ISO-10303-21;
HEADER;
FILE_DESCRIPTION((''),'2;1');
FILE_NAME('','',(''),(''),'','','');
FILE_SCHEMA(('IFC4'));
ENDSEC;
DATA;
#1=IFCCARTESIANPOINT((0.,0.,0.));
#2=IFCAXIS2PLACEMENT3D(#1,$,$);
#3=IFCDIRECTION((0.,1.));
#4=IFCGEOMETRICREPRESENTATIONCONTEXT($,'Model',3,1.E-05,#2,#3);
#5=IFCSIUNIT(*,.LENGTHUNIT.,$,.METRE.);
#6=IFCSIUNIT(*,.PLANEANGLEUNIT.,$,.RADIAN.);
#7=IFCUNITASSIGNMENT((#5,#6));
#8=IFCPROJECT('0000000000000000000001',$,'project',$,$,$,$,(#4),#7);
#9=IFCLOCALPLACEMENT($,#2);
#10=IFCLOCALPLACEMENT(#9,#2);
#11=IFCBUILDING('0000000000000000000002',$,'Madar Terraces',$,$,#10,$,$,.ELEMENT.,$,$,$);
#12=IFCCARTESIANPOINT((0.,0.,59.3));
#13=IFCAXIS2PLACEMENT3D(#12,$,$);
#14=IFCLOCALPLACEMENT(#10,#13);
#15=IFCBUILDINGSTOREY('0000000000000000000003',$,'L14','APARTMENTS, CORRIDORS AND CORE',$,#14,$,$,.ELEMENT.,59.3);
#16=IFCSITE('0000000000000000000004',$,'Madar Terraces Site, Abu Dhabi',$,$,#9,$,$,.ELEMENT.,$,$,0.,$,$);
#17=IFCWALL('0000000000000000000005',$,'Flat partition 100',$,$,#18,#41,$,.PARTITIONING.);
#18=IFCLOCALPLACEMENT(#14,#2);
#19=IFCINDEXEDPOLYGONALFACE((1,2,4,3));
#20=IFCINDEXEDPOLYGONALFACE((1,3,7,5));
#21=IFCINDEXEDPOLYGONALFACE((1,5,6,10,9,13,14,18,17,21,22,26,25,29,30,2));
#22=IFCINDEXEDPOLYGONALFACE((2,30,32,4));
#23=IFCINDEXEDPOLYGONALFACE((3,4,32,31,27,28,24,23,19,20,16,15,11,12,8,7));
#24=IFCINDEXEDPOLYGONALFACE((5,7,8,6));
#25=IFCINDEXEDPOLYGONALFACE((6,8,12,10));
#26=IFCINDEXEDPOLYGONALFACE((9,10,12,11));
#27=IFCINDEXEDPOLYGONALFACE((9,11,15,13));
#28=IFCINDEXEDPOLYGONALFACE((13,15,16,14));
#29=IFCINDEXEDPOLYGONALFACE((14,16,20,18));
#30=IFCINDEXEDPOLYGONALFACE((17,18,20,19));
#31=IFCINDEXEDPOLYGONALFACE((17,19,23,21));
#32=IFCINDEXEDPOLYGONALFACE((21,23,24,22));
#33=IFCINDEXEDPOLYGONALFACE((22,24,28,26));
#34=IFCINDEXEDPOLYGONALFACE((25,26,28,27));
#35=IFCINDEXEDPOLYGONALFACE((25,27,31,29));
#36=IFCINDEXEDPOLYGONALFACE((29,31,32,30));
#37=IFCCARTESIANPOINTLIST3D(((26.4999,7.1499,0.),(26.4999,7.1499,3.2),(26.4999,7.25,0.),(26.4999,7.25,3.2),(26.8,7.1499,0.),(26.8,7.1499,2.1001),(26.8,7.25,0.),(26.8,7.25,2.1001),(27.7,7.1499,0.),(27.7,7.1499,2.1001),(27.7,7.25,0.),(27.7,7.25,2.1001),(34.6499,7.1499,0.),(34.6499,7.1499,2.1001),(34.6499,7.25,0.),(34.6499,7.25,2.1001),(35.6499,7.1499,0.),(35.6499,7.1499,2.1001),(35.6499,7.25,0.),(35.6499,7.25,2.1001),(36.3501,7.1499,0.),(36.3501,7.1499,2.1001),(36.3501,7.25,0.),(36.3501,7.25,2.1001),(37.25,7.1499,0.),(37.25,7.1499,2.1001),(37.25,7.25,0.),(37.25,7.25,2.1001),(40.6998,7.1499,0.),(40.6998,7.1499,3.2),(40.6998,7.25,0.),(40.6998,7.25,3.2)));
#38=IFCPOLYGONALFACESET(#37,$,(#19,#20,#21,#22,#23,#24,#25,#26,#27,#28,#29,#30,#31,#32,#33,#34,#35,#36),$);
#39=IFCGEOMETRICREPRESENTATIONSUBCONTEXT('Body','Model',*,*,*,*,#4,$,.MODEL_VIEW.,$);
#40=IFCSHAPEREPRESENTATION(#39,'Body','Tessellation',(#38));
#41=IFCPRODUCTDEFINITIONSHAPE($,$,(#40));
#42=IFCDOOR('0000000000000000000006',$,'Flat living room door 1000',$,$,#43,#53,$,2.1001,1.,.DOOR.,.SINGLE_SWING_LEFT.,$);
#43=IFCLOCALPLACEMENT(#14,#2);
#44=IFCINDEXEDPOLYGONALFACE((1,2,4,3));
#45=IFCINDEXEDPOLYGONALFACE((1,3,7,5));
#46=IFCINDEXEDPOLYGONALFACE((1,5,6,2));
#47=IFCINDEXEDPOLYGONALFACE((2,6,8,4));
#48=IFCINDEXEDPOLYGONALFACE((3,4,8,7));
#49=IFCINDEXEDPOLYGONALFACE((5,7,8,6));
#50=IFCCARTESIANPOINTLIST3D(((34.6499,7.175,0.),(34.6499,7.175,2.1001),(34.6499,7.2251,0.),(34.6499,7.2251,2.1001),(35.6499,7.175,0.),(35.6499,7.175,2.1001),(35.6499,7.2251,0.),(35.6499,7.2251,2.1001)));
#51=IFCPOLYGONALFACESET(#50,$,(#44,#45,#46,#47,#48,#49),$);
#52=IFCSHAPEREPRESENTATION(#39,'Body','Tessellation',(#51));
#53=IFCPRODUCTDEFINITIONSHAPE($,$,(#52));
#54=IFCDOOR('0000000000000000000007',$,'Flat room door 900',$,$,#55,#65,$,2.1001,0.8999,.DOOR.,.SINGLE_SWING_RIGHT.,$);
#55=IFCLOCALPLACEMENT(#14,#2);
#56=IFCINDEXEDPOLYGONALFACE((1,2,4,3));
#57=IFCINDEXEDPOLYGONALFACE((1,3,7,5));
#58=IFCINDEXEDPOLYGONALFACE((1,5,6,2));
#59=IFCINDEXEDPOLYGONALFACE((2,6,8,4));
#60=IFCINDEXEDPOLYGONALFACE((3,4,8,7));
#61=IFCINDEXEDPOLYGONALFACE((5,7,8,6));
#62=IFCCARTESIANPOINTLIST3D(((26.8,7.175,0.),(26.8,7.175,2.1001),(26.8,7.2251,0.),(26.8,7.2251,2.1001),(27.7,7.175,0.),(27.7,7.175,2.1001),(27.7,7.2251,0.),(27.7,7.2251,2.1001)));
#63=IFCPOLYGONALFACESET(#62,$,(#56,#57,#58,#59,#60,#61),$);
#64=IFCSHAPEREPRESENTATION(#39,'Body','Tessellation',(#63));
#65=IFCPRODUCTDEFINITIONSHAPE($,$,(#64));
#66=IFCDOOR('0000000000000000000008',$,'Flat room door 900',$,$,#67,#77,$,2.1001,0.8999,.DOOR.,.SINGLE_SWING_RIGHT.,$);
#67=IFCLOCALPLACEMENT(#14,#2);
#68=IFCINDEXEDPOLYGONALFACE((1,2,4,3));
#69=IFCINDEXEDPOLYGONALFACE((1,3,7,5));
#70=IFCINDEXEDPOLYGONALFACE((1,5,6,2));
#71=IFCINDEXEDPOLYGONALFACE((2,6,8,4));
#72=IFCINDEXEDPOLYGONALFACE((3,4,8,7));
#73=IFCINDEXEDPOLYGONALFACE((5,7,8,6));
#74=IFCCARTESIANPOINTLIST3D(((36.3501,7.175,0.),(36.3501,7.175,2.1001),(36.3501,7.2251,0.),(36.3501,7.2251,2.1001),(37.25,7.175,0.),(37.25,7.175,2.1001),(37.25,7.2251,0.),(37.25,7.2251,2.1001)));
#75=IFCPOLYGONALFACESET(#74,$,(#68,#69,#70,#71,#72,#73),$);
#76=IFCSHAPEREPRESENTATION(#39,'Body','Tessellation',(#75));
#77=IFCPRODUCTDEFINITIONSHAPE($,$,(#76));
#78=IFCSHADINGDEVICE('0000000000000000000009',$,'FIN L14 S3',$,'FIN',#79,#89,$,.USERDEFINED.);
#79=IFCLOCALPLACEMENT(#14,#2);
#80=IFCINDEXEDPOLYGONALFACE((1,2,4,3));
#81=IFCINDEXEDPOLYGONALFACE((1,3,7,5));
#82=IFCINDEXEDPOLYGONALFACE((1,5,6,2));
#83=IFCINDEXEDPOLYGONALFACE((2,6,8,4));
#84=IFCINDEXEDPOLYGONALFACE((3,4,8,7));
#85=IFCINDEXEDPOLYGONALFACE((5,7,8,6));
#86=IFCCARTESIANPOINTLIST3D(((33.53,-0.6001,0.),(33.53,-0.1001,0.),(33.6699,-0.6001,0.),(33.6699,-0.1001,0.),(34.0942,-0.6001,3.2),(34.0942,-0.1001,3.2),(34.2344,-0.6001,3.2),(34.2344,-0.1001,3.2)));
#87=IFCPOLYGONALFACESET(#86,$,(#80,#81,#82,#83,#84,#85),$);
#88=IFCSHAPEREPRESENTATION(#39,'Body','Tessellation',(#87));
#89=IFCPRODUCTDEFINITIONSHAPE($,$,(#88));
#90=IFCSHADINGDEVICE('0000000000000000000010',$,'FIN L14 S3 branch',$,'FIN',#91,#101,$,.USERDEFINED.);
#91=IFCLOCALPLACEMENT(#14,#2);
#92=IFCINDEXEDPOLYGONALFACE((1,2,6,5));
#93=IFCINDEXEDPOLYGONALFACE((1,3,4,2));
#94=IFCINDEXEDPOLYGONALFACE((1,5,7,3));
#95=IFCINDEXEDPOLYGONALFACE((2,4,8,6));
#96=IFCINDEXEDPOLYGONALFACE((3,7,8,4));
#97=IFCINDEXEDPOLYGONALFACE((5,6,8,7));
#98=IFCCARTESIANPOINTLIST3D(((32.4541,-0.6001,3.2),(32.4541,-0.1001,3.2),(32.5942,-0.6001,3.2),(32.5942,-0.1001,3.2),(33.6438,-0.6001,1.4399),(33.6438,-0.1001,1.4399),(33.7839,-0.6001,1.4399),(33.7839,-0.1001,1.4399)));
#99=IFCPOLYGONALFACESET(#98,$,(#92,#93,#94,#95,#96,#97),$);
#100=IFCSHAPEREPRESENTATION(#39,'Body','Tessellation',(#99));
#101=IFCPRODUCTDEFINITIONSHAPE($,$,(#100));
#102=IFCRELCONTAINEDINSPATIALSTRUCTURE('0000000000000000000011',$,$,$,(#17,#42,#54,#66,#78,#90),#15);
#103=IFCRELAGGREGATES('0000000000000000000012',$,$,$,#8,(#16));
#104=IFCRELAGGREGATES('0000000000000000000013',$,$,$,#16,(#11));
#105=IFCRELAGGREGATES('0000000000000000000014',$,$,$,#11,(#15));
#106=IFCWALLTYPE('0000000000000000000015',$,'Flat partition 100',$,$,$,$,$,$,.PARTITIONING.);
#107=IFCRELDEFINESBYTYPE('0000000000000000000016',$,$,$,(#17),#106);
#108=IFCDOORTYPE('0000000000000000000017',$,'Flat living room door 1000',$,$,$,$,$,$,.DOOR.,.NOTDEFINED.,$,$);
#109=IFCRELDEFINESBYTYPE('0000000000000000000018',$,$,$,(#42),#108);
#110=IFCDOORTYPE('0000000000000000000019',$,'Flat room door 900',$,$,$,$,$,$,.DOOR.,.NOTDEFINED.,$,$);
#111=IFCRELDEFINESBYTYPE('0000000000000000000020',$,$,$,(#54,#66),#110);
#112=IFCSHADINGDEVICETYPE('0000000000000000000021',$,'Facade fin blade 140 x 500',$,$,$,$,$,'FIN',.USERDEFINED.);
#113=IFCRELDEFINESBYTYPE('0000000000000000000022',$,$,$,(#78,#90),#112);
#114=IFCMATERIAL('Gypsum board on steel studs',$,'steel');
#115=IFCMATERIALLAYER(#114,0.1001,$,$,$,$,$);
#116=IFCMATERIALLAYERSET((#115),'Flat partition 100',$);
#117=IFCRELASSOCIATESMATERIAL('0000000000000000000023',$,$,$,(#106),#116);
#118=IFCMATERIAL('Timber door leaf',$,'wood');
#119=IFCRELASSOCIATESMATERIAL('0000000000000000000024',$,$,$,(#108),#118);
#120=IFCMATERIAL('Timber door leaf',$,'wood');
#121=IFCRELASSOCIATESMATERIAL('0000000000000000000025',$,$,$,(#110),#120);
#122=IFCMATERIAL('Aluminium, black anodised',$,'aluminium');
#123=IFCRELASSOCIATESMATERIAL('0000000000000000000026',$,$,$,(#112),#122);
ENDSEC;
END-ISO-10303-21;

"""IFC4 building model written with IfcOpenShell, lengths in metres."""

from ifc_helpers import new_model, si_unit, direction, frame, frame_2d, origin, place, context, subcontext, project, spatial, polyline, rectangle, outline, extrude, material, layer, layer_set, type_object, element, fill, save


model = new_model("IFC4")

# Units and contexts
model_context = context("Model", 3, precision=1e-05, world=origin(), true_north=direction((0.0, 1.0)))
body_context = subcontext(model_context, "Body", "Model", "MODEL_VIEW")
ifc_project = project(units=[si_unit("LENGTHUNIT", "METRE"), si_unit("PLANEANGLEUNIT", "RADIAN")], contexts=[model_context])

# Site, building, storey
site_placement = place(None, origin())
site = spatial("IfcSite", under=ifc_project, at=site_placement, Name="Madar Terraces Site, Abu Dhabi", CompositionType="ELEMENT", RefElevation=0.0)
building_placement = place(site_placement, origin())
building = spatial("IfcBuilding", under=site, at=building_placement, Name="Madar Terraces", CompositionType="ELEMENT")
storey_placement = place(building_placement, frame((0.0, 0.0, 59.3)))
storey = spatial("IfcBuildingStorey", under=building, at=storey_placement, Name="L14", Description="APARTMENTS, CORRIDORS AND CORE", CompositionType="ELEMENT", Elevation=59.3)

# Shared definitions
ifc_material_1 = material(Name="Gypsum board on steel studs", Category="steel")
ifc_layer_1 = layer(ifc_material_1, 0.1001)
ifc_layer_set_1 = layer_set([ifc_layer_1], Name="Flat partition 100")
wall_type_1 = type_object("IfcWallType", Name="Flat partition 100", PredefinedType="PARTITIONING", material=ifc_layer_set_1)

# Wall, openings, doors
wall_1_placement = place(storey_placement, frame((40.7, 7.2, 0.0), z_axis=(0.0, 0.0, 1.0), x_axis=(-1.0, 0.0, 0.0)))
wall_1 = element("IfcWall", 1, at=wall_1_placement, inside=storey, type_object=wall_type_1, Name="Flat partition 100", PredefinedType="PARTITIONING", context=body_context, shape_type="SweptSolid", body=[
    extrude(rectangle(XDim=14.2, YDim=0.1001, at=frame_2d((7.1001, 0.0))), origin(), (0.0, 0.0, 1.0), 3.2),
])
opening_1_placement = place(wall_1_placement, frame((13.0, 0.0, 0.0)))
opening_1 = element("IfcOpeningElement", 2, at=opening_1_placement, cuts=wall_1, PredefinedType="OPENING", context=body_context, shape_type="SweptSolid", body=[
    extrude(rectangle(XDim=0.8999, YDim=2.1001, at=frame_2d((0.45, 1.05))), frame((0.0, 0.0601, 0.0), z_axis=(0.0, -1.0, 0.0), x_axis=(1.0, 0.0, 0.0)), (0.0, 0.0, 1.0), 0.1201),
])
opening_2_placement = place(wall_1_placement, frame((5.05, 0.0, 0.0)))
opening_2 = element("IfcOpeningElement", 3, at=opening_2_placement, cuts=wall_1, PredefinedType="OPENING", context=body_context, shape_type="SweptSolid", body=[
    extrude(rectangle(XDim=1.0, YDim=2.1001, at=frame_2d((0.5, 1.05))), frame((0.0, 0.0601, 0.0), z_axis=(0.0, -1.0, 0.0), x_axis=(1.0, 0.0, 0.0)), (0.0, 0.0, 1.0), 0.1201),
])
opening_3_placement = place(wall_1_placement, frame((3.45, 0.0, 0.0)))
opening_3 = element("IfcOpeningElement", 4, at=opening_3_placement, cuts=wall_1, PredefinedType="OPENING", context=body_context, shape_type="SweptSolid", body=[
    extrude(rectangle(XDim=0.8999, YDim=2.1001, at=frame_2d((0.45, 1.05))), frame((0.0, 0.0601, 0.0), z_axis=(0.0, -1.0, 0.0), x_axis=(1.0, 0.0, 0.0)), (0.0, 0.0, 1.0), 0.1201),
])
ifc_material_2 = material(Name="Timber door leaf", Category="wood")
door_type_1 = type_object("IfcDoorType", Name="Flat living room door 1000", OperationType="NOTDEFINED", PredefinedType="DOOR", material=ifc_material_2)
door_1_placement = place(opening_2_placement, origin())
door_1 = element("IfcDoor", 5, at=door_1_placement, inside=storey, type_object=door_type_1, Name="Flat living room door 1000", OperationType="SINGLE_SWING_LEFT", OverallHeight=2.1001, OverallWidth=1.0, PredefinedType="DOOR", context=body_context, shape_type="SweptSolid", body=[
    extrude(rectangle(XDim=1.0, YDim=2.1001, at=frame_2d((0.5, 1.05))), frame((0.0, 0.0249, 0.0), z_axis=(0.0, -1.0, 0.0), x_axis=(1.0, 0.0, 0.0)), (0.0, 0.0, 1.0), 0.05),
])
fill(opening_2, door_1)
ifc_material_3 = material(Name="Timber door leaf", Category="wood")
door_type_2 = type_object("IfcDoorType", Name="Flat room door 900", OperationType="NOTDEFINED", PredefinedType="DOOR", material=ifc_material_3)
door_2_placement = place(opening_1_placement, origin())
door_2 = element("IfcDoor", 6, at=door_2_placement, inside=storey, type_object=door_type_2, Name="Flat room door 900", OperationType="SINGLE_SWING_RIGHT", OverallHeight=2.1001, OverallWidth=0.8999, PredefinedType="DOOR", context=body_context, shape_type="SweptSolid", body=[
    extrude(rectangle(XDim=0.8999, YDim=2.1001, at=frame_2d((0.45, 1.05))), frame((0.0, 0.0249, 0.0), z_axis=(0.0, -1.0, 0.0), x_axis=(1.0, 0.0, 0.0)), (0.0, 0.0, 1.0), 0.05),
])
fill(opening_1, door_2)
door_3_placement = place(opening_3_placement, origin())
door_3 = element("IfcDoor", 7, at=door_3_placement, inside=storey, type_object=door_type_2, Name="Flat room door 900", OperationType="SINGLE_SWING_RIGHT", OverallHeight=2.1001, OverallWidth=0.8999, PredefinedType="DOOR", context=body_context, shape_type="SweptSolid", body=[
    extrude(rectangle(XDim=0.8999, YDim=2.1001, at=frame_2d((0.45, 1.05))), frame((0.0, 0.0249, 0.0), z_axis=(0.0, -1.0, 0.0), x_axis=(1.0, 0.0, 0.0)), (0.0, 0.0, 1.0), 0.05),
])
fill(opening_3, door_3)

# Shading devices
ifc_material_4 = material(Name="Aluminium, black anodised", Category="aluminium")
shading_device_type = type_object("IfcShadingDeviceType", Name="Facade fin blade 140 x 500", ElementType="FIN", PredefinedType="USERDEFINED", material=ifc_material_4)
shading_device_1_placement = place(storey_placement, frame((33.53, -0.3501, 0.0), z_axis=(0.0, 0.0, 1.0), x_axis=(1.0, 0.0, 0.0)))
element("IfcShadingDevice", 8, at=shading_device_1_placement, inside=storey, type_object=shading_device_type, Name="FIN L14 S3", ObjectType="FIN", PredefinedType="USERDEFINED", context=body_context, shape_type="SweptSolid", body=[
    extrude(outline(polyline([(0.0, 0.0), (0.1399, 0.0), (0.7043, 3.2), (0.5642, 3.2), (0.0, 0.0)])), frame((0.0, 0.25, 0.0), z_axis=(0.0, -1.0, 0.0), x_axis=(1.0, 0.0, 0.0)), (0.0, 0.0, 1.0), 0.5),
])
shading_device_2_placement = place(storey_placement, frame((33.6438, -0.3501, 1.4399), z_axis=(0.0, 0.0, 1.0), x_axis=(1.0, 0.0, 0.0)))
element("IfcShadingDevice", 9, at=shading_device_2_placement, inside=storey, type_object=shading_device_type, Name="FIN L14 S3 branch", ObjectType="FIN", PredefinedType="USERDEFINED", context=body_context, shape_type="SweptSolid", body=[
    extrude(outline(polyline([(0.0, 0.0), (0.1401, 0.0), (-1.0496, 1.76), (-1.1897, 1.76), (0.0, 0.0)])), frame((0.0, 0.25, 0.0), z_axis=(0.0, -1.0, 0.0), x_axis=(1.0, 0.0, 0.0)), (0.0, 0.0, 1.0), 0.5),
])

save(model, "model.ifc")
